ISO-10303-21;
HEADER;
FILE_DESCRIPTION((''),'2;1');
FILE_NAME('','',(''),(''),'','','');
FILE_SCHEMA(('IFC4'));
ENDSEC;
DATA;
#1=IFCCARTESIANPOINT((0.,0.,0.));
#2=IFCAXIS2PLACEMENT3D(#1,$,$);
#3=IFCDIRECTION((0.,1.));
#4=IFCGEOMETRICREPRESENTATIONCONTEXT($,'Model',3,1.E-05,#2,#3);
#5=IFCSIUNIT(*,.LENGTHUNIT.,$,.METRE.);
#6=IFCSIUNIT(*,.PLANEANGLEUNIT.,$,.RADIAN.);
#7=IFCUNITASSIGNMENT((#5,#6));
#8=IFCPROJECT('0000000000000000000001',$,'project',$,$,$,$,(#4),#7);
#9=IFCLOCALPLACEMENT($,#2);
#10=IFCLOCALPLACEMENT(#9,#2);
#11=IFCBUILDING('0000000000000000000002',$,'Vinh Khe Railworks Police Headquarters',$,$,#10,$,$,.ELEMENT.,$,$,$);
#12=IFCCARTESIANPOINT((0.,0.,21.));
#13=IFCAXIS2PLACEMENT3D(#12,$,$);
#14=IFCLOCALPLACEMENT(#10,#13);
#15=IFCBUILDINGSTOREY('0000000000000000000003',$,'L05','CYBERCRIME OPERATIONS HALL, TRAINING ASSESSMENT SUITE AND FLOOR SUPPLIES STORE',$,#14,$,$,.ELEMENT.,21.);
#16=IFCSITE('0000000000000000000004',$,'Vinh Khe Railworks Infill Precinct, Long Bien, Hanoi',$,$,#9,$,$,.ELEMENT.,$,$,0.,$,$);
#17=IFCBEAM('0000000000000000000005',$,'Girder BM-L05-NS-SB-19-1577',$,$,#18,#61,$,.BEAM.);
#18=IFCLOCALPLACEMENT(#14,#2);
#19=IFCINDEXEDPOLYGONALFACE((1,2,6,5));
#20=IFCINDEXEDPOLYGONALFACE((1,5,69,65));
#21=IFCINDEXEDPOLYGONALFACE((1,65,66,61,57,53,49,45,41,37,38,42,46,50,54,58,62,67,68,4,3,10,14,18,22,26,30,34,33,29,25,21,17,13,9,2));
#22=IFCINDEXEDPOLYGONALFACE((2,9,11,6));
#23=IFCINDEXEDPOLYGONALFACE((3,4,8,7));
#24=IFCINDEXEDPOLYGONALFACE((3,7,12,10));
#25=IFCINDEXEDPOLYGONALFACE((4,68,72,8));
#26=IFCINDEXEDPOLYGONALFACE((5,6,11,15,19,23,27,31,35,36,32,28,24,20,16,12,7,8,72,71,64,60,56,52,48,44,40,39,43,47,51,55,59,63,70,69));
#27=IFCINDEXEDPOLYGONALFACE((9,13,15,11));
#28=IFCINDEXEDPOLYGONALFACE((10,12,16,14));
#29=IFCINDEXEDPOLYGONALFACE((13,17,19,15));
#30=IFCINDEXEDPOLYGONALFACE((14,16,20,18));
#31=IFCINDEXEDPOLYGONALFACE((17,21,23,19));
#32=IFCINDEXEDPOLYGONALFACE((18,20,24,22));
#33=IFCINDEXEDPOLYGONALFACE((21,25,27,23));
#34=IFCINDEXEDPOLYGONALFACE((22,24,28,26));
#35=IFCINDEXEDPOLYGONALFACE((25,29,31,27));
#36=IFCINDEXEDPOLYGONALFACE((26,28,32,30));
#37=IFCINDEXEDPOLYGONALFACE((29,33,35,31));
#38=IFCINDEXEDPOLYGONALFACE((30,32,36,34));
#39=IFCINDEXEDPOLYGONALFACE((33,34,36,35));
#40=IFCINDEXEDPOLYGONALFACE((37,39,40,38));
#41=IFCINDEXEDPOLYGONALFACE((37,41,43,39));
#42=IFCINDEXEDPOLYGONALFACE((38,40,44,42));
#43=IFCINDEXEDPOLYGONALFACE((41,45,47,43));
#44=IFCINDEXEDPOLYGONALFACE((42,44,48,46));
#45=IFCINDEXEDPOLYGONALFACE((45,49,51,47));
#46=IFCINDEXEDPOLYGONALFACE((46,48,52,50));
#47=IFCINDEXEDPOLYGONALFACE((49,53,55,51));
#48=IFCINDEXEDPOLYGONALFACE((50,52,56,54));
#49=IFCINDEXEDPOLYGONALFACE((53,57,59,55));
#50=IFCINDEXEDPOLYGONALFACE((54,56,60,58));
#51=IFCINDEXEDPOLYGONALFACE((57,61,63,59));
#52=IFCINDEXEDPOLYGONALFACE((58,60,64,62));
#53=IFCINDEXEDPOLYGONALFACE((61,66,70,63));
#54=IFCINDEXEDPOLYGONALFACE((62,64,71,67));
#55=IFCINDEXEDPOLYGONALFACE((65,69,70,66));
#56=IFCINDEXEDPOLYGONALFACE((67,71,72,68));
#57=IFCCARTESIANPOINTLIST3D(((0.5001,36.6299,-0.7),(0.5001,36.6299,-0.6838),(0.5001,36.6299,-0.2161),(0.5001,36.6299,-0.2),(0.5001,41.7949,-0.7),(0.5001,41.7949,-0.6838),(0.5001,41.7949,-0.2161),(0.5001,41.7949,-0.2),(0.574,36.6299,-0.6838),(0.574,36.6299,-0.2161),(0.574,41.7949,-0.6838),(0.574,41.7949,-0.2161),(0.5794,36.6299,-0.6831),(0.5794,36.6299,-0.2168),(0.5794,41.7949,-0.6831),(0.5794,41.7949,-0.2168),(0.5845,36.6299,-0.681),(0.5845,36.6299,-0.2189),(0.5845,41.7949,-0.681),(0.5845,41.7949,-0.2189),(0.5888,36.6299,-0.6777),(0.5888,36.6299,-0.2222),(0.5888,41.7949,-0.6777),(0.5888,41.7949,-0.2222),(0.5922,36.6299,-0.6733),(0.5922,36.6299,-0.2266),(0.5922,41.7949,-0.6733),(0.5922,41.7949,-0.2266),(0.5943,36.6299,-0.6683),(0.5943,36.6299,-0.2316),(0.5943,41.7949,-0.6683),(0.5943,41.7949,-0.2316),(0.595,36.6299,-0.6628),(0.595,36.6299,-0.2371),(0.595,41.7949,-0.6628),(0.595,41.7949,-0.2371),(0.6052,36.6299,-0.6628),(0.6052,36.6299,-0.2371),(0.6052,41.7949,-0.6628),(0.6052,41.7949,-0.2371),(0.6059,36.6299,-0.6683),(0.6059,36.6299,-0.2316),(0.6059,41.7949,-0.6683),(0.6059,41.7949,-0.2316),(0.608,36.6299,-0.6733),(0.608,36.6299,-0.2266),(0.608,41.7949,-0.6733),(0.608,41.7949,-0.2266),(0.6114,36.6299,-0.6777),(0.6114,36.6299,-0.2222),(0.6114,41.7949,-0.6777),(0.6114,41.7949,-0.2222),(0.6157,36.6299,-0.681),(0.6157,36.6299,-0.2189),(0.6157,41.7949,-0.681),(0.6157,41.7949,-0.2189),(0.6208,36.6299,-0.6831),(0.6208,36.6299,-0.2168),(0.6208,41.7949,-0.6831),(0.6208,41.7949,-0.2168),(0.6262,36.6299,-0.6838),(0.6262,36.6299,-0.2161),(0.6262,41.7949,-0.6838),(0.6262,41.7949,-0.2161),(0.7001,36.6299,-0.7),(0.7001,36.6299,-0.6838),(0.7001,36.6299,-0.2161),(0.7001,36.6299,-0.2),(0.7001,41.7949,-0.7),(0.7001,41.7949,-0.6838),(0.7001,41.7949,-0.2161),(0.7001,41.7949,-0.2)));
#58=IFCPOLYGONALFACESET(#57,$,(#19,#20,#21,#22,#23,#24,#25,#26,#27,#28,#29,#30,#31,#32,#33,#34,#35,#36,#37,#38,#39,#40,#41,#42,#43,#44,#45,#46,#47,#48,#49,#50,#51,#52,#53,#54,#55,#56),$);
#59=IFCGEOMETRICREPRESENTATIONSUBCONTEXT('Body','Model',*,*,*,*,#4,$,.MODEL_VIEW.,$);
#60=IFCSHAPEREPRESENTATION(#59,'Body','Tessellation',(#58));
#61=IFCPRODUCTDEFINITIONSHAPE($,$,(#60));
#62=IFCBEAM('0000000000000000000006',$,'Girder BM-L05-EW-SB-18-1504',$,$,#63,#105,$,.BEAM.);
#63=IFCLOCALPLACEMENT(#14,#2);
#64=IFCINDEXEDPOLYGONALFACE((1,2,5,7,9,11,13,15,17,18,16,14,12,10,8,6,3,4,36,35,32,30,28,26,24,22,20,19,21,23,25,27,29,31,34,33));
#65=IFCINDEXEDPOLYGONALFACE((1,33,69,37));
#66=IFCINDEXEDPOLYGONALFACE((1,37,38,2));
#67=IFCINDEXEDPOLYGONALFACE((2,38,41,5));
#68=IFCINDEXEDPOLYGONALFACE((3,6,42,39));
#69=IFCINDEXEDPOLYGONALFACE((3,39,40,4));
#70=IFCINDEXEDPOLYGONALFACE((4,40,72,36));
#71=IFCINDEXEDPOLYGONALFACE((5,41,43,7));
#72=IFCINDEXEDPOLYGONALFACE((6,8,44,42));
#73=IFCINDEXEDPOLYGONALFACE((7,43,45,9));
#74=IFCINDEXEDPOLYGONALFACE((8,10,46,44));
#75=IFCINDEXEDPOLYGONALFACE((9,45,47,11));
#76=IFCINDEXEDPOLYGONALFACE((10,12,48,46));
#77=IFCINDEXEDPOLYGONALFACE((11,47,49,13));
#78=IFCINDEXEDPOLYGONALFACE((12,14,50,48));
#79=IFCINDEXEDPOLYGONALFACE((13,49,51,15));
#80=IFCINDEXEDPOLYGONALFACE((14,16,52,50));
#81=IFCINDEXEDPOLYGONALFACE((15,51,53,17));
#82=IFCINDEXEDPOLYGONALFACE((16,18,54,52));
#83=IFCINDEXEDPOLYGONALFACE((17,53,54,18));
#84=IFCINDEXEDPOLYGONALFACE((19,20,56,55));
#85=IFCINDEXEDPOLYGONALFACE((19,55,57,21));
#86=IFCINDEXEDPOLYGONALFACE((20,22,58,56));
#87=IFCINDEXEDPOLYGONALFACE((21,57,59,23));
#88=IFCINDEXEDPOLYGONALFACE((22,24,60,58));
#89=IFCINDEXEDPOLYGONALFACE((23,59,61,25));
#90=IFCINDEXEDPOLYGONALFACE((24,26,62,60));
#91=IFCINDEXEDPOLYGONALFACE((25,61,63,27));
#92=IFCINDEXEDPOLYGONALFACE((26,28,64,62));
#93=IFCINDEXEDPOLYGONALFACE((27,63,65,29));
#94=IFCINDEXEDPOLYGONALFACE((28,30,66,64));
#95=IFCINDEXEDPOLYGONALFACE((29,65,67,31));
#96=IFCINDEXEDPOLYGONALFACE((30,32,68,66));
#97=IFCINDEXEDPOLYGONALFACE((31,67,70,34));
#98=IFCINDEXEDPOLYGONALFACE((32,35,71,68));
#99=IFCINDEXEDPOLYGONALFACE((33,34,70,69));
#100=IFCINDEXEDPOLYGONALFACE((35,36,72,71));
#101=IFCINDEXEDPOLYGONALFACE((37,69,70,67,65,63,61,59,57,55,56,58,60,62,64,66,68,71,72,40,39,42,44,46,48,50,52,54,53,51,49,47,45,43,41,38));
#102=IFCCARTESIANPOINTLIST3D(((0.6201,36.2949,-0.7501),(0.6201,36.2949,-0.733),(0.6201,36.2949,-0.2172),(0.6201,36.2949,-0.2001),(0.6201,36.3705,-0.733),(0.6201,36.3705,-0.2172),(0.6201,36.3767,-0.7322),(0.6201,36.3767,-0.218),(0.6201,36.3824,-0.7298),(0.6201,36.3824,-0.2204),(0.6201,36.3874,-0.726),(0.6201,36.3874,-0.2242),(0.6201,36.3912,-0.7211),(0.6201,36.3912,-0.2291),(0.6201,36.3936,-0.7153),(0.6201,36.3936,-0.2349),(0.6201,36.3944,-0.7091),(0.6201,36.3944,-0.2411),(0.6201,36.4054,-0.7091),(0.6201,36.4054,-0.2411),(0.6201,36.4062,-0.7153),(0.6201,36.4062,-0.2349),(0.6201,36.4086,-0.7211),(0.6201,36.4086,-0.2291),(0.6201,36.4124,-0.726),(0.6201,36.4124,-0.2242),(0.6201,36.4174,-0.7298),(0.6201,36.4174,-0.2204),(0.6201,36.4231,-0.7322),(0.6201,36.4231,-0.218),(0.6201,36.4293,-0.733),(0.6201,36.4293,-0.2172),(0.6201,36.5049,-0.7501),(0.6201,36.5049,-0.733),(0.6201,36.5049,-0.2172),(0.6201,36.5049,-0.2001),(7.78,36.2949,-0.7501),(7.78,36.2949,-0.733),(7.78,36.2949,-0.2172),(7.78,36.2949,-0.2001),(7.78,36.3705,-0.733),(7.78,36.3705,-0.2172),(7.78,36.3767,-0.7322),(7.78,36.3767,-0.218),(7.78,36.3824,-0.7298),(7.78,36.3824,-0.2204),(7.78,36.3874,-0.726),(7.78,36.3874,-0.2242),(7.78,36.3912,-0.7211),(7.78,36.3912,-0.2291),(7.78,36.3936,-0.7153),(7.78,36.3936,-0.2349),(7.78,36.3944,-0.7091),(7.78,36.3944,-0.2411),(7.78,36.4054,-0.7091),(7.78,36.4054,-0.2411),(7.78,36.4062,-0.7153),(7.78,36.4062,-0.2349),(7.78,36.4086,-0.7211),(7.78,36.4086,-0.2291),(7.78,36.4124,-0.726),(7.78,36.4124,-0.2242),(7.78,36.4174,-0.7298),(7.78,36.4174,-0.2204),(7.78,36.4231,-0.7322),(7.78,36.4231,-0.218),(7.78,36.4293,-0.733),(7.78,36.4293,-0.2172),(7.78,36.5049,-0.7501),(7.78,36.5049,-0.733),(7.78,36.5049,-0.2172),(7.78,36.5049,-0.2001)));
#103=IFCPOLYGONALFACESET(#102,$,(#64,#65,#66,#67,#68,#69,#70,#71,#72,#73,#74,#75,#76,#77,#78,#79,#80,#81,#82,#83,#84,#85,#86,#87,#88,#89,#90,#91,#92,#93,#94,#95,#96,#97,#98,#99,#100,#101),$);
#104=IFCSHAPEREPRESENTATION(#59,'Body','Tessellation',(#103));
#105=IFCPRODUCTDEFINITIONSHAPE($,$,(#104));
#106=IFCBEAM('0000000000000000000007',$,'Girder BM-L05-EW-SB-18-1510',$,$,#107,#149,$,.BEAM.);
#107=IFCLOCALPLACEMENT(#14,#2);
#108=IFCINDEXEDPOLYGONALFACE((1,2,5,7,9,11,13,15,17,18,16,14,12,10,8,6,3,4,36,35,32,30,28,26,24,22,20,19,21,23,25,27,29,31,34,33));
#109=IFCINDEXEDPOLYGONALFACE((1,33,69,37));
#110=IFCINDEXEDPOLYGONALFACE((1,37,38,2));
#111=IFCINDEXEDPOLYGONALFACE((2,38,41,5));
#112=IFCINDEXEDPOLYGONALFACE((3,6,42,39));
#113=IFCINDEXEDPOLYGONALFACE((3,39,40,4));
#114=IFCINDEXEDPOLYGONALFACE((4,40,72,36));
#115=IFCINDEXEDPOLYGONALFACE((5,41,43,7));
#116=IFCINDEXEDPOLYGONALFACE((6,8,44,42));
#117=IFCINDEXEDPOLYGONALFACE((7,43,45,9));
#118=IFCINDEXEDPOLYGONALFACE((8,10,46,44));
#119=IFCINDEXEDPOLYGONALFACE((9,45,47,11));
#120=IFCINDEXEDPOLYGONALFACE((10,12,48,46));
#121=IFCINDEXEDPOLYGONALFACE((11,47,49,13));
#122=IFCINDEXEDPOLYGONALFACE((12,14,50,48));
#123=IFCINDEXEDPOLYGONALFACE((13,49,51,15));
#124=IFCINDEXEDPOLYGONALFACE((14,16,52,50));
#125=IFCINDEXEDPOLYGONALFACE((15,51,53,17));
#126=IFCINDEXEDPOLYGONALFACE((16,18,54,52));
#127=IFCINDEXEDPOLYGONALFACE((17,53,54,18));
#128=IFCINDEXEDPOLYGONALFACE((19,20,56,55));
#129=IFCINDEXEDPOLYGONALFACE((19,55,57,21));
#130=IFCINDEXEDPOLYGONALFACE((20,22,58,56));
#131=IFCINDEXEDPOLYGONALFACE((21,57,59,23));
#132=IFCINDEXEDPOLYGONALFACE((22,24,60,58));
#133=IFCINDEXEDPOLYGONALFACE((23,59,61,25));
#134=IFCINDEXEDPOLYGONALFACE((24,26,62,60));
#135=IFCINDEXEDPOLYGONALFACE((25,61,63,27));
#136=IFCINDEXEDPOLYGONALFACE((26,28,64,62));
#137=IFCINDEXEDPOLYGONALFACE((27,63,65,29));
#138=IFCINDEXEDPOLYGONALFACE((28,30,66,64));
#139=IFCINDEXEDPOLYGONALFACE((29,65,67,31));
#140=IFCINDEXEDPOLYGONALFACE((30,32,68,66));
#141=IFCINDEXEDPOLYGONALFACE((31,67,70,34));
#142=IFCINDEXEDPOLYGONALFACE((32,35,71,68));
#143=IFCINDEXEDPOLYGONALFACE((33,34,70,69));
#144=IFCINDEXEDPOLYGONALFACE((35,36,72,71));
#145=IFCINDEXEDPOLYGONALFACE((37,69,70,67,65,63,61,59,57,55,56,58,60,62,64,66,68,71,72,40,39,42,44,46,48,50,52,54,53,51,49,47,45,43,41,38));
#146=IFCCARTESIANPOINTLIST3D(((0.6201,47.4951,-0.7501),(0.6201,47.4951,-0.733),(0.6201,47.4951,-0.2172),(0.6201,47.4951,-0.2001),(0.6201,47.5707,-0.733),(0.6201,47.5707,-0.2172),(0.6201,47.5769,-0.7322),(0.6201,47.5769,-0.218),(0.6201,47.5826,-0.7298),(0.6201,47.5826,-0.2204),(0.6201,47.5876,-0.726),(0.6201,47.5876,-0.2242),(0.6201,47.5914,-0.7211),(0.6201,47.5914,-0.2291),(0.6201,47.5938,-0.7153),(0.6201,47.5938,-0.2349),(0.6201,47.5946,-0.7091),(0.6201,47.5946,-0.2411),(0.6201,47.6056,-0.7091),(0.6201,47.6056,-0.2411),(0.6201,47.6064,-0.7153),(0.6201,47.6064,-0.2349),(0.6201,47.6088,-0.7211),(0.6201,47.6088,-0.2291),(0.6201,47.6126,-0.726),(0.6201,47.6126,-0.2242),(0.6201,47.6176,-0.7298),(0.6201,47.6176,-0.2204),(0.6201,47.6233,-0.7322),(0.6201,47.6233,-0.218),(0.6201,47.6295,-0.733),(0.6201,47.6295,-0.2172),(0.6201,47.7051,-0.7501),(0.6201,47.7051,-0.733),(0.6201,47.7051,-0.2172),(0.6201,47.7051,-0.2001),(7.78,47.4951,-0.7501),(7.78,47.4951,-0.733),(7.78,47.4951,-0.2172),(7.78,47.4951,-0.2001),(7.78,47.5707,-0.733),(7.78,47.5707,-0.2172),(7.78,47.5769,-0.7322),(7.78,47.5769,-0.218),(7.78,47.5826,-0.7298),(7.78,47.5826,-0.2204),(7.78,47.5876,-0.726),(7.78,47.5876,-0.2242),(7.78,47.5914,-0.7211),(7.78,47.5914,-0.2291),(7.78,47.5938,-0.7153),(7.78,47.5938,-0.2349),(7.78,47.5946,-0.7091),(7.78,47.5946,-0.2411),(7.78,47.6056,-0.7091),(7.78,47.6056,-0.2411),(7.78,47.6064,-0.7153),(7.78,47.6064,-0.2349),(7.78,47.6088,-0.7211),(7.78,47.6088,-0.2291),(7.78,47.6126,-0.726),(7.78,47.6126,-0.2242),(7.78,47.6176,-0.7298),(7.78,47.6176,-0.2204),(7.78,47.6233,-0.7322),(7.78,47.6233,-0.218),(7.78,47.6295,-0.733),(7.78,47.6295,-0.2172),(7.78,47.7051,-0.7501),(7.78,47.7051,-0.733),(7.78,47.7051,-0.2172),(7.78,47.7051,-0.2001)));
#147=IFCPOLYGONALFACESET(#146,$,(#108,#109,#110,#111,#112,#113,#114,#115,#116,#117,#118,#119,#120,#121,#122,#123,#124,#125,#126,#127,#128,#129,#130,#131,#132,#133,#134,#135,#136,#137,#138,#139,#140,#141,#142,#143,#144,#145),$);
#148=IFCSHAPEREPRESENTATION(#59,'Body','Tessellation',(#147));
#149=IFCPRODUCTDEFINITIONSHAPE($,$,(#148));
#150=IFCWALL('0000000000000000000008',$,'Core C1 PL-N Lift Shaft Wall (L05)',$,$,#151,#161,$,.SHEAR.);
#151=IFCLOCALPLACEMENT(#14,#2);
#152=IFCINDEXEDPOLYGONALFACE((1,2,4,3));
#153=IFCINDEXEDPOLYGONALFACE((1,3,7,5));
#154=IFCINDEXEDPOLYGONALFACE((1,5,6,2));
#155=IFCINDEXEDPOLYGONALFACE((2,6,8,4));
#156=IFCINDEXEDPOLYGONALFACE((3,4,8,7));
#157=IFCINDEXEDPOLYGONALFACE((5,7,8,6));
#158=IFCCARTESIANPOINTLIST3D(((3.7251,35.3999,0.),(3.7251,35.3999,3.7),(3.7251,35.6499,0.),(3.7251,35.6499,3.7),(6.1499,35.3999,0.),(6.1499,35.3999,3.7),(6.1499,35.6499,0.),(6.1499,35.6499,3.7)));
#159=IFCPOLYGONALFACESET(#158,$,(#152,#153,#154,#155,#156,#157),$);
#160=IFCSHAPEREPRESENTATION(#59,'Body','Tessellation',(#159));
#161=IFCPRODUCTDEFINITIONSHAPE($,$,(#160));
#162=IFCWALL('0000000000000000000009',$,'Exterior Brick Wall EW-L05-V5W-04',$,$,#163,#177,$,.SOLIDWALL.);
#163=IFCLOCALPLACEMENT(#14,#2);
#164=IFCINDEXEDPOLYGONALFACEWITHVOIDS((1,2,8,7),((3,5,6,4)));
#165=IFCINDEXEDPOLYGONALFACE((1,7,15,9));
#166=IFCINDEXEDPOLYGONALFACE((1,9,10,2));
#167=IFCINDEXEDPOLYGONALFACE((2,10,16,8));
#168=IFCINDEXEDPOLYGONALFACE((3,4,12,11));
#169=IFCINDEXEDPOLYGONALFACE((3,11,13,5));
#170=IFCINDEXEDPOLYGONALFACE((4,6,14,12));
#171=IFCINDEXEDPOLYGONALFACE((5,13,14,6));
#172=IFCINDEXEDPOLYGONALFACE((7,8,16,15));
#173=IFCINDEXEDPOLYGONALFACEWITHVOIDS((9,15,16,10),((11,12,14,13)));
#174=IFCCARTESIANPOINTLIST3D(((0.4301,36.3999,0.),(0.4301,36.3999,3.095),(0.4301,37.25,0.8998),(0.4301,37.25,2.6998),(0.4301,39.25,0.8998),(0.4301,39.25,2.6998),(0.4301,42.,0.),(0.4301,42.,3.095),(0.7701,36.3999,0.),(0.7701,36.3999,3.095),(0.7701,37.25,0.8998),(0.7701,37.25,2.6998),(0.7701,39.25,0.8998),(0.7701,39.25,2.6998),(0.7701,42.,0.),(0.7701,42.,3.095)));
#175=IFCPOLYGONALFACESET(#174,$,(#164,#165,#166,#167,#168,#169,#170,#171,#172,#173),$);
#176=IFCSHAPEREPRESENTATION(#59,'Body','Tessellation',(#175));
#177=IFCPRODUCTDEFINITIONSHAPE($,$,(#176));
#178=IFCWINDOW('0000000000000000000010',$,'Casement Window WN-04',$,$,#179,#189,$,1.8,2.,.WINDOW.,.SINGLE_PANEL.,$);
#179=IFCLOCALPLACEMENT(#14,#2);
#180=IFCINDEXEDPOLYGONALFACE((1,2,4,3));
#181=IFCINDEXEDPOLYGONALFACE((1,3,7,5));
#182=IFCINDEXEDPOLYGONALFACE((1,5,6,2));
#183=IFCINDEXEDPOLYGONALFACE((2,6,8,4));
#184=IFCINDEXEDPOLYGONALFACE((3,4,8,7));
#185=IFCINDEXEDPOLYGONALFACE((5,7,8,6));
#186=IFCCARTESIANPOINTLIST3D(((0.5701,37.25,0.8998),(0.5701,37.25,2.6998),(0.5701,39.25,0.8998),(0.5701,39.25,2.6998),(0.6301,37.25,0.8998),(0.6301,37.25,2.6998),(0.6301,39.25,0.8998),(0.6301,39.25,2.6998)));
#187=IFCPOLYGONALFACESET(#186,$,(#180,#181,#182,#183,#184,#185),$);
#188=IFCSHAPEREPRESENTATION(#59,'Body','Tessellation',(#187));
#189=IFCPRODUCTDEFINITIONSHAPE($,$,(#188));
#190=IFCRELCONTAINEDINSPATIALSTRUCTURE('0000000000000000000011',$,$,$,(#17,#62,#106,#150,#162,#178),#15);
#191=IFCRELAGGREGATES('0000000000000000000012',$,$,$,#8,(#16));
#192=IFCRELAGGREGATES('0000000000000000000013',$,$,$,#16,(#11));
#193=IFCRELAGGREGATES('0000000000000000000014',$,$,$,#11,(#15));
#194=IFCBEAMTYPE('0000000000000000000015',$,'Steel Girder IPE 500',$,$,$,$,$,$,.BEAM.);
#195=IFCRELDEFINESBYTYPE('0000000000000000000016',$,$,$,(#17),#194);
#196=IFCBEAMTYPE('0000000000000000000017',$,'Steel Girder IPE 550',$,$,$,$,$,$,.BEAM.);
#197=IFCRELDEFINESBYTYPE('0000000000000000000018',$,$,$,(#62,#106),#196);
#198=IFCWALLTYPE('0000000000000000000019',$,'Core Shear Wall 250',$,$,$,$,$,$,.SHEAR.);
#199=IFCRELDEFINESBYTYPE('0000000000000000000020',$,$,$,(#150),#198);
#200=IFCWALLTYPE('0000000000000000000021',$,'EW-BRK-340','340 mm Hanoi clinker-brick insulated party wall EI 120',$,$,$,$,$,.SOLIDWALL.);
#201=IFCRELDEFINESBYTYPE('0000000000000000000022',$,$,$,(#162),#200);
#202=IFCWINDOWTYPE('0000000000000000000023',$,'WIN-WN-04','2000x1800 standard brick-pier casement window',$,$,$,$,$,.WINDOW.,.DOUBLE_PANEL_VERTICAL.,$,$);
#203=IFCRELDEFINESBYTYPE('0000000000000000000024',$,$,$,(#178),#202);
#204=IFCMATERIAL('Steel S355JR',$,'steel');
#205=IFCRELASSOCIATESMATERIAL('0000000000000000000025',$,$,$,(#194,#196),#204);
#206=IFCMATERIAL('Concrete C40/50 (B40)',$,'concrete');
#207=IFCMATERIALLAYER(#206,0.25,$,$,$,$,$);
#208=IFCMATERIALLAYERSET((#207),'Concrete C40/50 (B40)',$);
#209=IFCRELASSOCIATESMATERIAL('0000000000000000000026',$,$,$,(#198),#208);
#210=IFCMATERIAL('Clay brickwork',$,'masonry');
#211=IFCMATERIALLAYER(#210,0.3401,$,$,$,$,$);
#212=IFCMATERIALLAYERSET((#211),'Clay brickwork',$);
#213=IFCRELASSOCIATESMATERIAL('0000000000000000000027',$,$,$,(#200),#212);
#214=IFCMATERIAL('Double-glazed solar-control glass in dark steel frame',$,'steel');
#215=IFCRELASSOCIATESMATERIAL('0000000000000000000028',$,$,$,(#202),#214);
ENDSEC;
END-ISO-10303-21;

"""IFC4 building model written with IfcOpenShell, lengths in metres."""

from ifc_helpers import new_model, si_unit, direction, frame, frame_2d, origin, origin_2d, place, context, subcontext, project, spatial, rectangle, i_section, extrude, material, layer, layer_set, material_profile, profile_set, type_object, element, fill, save


model = new_model("IFC4")

# Units and contexts
model_context = context("Model", 3, precision=1e-05, world=origin(), true_north=direction((0.0, 1.0)))
body_context = subcontext(model_context, "Body", "Model", "MODEL_VIEW")
ifc_project = project(units=[si_unit("LENGTHUNIT", "METRE"), si_unit("PLANEANGLEUNIT", "RADIAN")], contexts=[model_context])

# Site, building, storey
site_placement = place(None, origin())
site = spatial("IfcSite", under=ifc_project, at=site_placement, Name="Vinh Khe Railworks Infill Precinct, Long Bien, Hanoi", CompositionType="ELEMENT", RefElevation=0.0)
building_placement = place(site_placement, origin())
building = spatial("IfcBuilding", under=site, at=building_placement, Name="Vinh Khe Railworks Police Headquarters", CompositionType="ELEMENT")
storey_placement = place(building_placement, frame((0.0, 0.0, 21.0)))
storey = spatial("IfcBuildingStorey", under=building, at=storey_placement, Name="L05", Description="CYBERCRIME OPERATIONS HALL, TRAINING ASSESSMENT SUITE AND FLOOR SUPPLIES STORE", CompositionType="ELEMENT", Elevation=21.0)

# Shared definitions
ifc_material_1 = material(Name="Steel S355JR", Category="steel")

# Beams
ifc_material_profile_1 = material_profile(ifc_material_1, i_section(OverallWidth=0.2, OverallDepth=0.5, WebThickness=0.0103, FlangeThickness=0.0161, FilletRadius=0.021, at=origin_2d()), Name="IPE 500")
ifc_profile_set_1 = profile_set([ifc_material_profile_1], Name="Steel S355JR")
beam_type_1 = type_object("IfcBeamType", Name="Steel Girder IPE 500", PredefinedType="BEAM", material=ifc_profile_set_1)
beam_1_placement = place(storey_placement, frame((0.6001, 36.6299, -0.45), z_axis=(0.0, 1.0, 0.0), x_axis=(-1.0, 0.0, 0.0)))
element("IfcBeam", 1, at=beam_1_placement, inside=storey, type_object=beam_type_1, Name="Girder BM-L05-NS-SB-19-1577", PredefinedType="BEAM", context=body_context, shape_type="SweptSolid", body=[
    extrude(i_section(OverallWidth=0.2, OverallDepth=0.5, WebThickness=0.0103, FlangeThickness=0.0161, FilletRadius=0.021, at=origin_2d()), origin(), (0.0, 0.0, 1.0), 5.165),
])
ifc_material_profile_2 = material_profile(ifc_material_1, i_section(OverallWidth=0.21, OverallDepth=0.55, WebThickness=0.011, FlangeThickness=0.0171, FilletRadius=0.0239, at=origin_2d()), Name="IPE 550")
ifc_profile_set_2 = profile_set([ifc_material_profile_2], Name="Steel S355JR")
beam_type_2 = type_object("IfcBeamType", Name="Steel Girder IPE 550", PredefinedType="BEAM", material=ifc_profile_set_2)
for number, where, z_axis, x_axis, name in (
    (2, (0.6201, 36.3999, -0.4751), (1.0, 0.0, 0.0), (0.0, 1.0, 0.0), "Girder BM-L05-EW-SB-18-1504"),
    (3, (0.6201, 47.6001, -0.4751), (1.0, 0.0, 0.0), (0.0, 1.0, 0.0), "Girder BM-L05-EW-SB-18-1510"),
):
    element("IfcBeam", number, at=place(storey_placement, frame(where, z_axis=z_axis, x_axis=x_axis)), inside=storey, type_object=beam_type_2, Name=name, PredefinedType="BEAM", context=body_context, shape_type="SweptSolid", body=[
        extrude(i_section(OverallWidth=0.21, OverallDepth=0.55, WebThickness=0.011, FlangeThickness=0.0171, FilletRadius=0.0239, at=origin_2d()), origin(), (0.0, 0.0, 1.0), 7.1599),
    ])

# Shared definitions
ifc_material_2 = material(Name="Concrete C40/50 (B40)", Category="concrete")
ifc_layer_1 = layer(ifc_material_2, 0.25)
ifc_layer_set_1 = layer_set([ifc_layer_1], Name="Concrete C40/50 (B40)")
wall_type_1 = type_object("IfcWallType", Name="Core Shear Wall 250", PredefinedType="SHEAR", material=ifc_layer_set_1)

# Wall
wall_1_placement = place(storey_placement, frame((3.7251, 35.5249, 0.0), z_axis=(0.0, 0.0, 1.0), x_axis=(1.0, 0.0, 0.0)))
element("IfcWall", 4, at=wall_1_placement, inside=storey, type_object=wall_type_1, Name="Core C1 PL-N Lift Shaft Wall (L05)", PredefinedType="SHEAR", context=body_context, shape_type="SweptSolid", body=[
    extrude(rectangle(XDim=2.4248, YDim=0.25, at=frame_2d((1.2124, 0.0))), origin(), (0.0, 0.0, 1.0), 3.7),
])

# Wall, opening, window
ifc_material_3 = material(Name="Clay brickwork", Category="masonry")
ifc_layer_2 = layer(ifc_material_3, 0.3401)
ifc_layer_set_2 = layer_set([ifc_layer_2], Name="Clay brickwork")
wall_type_2 = type_object("IfcWallType", Name="EW-BRK-340", Description="340 mm Hanoi clinker-brick insulated party wall EI 120", PredefinedType="SOLIDWALL", material=ifc_layer_set_2)
wall_2_placement = place(storey_placement, frame((0.6001, 36.3999, 0.0), z_axis=(0.0, 0.0, 1.0), x_axis=(0.0, 1.0, 0.0)))
wall_2 = element("IfcWall", 5, at=wall_2_placement, inside=storey, type_object=wall_type_2, Name="Exterior Brick Wall EW-L05-V5W-04", PredefinedType="SOLIDWALL", context=body_context, shape_type="SweptSolid", body=[
    extrude(rectangle(XDim=5.6001, YDim=0.3401, at=frame_2d((2.8, 0.0))), origin(), (0.0, 0.0, 1.0), 3.095),
])
opening_1_placement = place(wall_2_placement, frame((0.8501, 0.0, 0.8999)))
opening_1 = element("IfcOpeningElement", 6, at=opening_1_placement, cuts=wall_2, PredefinedType="OPENING", context=body_context, shape_type="SweptSolid", body=[
    extrude(rectangle(XDim=2.0, YDim=1.8, at=frame_2d((1.0, 0.8999))), frame((0.0, 0.1851, 0.0), z_axis=(0.0, -1.0, 0.0), x_axis=(1.0, 0.0, 0.0)), (0.0, 0.0, 1.0), 0.3699),
])
ifc_material_4 = material(Name="Double-glazed solar-control glass in dark steel frame", Category="steel")
window_type_1 = type_object("IfcWindowType", Name="WIN-WN-04", Description="2000x1800 standard brick-pier casement window", PartitioningType="DOUBLE_PANEL_VERTICAL", PredefinedType="WINDOW", material=ifc_material_4)
window_1_placement = place(opening_1_placement, origin())
window_1 = element("IfcWindow", 7, at=window_1_placement, inside=storey, type_object=window_type_1, Name="Casement Window WN-04", OverallHeight=1.8, OverallWidth=2.0, PartitioningType="SINGLE_PANEL", PredefinedType="WINDOW", context=body_context, shape_type="SweptSolid", body=[
    extrude(rectangle(XDim=2.0, YDim=1.8, at=frame_2d((1.0, 0.8999))), frame((0.0, 0.03, 0.0), z_axis=(0.0, -1.0, 0.0), x_axis=(1.0, 0.0, 0.0)), (0.0, 0.0, 1.0), 0.0601),
])
fill(opening_1, window_1)

save(model, "model.ifc")
